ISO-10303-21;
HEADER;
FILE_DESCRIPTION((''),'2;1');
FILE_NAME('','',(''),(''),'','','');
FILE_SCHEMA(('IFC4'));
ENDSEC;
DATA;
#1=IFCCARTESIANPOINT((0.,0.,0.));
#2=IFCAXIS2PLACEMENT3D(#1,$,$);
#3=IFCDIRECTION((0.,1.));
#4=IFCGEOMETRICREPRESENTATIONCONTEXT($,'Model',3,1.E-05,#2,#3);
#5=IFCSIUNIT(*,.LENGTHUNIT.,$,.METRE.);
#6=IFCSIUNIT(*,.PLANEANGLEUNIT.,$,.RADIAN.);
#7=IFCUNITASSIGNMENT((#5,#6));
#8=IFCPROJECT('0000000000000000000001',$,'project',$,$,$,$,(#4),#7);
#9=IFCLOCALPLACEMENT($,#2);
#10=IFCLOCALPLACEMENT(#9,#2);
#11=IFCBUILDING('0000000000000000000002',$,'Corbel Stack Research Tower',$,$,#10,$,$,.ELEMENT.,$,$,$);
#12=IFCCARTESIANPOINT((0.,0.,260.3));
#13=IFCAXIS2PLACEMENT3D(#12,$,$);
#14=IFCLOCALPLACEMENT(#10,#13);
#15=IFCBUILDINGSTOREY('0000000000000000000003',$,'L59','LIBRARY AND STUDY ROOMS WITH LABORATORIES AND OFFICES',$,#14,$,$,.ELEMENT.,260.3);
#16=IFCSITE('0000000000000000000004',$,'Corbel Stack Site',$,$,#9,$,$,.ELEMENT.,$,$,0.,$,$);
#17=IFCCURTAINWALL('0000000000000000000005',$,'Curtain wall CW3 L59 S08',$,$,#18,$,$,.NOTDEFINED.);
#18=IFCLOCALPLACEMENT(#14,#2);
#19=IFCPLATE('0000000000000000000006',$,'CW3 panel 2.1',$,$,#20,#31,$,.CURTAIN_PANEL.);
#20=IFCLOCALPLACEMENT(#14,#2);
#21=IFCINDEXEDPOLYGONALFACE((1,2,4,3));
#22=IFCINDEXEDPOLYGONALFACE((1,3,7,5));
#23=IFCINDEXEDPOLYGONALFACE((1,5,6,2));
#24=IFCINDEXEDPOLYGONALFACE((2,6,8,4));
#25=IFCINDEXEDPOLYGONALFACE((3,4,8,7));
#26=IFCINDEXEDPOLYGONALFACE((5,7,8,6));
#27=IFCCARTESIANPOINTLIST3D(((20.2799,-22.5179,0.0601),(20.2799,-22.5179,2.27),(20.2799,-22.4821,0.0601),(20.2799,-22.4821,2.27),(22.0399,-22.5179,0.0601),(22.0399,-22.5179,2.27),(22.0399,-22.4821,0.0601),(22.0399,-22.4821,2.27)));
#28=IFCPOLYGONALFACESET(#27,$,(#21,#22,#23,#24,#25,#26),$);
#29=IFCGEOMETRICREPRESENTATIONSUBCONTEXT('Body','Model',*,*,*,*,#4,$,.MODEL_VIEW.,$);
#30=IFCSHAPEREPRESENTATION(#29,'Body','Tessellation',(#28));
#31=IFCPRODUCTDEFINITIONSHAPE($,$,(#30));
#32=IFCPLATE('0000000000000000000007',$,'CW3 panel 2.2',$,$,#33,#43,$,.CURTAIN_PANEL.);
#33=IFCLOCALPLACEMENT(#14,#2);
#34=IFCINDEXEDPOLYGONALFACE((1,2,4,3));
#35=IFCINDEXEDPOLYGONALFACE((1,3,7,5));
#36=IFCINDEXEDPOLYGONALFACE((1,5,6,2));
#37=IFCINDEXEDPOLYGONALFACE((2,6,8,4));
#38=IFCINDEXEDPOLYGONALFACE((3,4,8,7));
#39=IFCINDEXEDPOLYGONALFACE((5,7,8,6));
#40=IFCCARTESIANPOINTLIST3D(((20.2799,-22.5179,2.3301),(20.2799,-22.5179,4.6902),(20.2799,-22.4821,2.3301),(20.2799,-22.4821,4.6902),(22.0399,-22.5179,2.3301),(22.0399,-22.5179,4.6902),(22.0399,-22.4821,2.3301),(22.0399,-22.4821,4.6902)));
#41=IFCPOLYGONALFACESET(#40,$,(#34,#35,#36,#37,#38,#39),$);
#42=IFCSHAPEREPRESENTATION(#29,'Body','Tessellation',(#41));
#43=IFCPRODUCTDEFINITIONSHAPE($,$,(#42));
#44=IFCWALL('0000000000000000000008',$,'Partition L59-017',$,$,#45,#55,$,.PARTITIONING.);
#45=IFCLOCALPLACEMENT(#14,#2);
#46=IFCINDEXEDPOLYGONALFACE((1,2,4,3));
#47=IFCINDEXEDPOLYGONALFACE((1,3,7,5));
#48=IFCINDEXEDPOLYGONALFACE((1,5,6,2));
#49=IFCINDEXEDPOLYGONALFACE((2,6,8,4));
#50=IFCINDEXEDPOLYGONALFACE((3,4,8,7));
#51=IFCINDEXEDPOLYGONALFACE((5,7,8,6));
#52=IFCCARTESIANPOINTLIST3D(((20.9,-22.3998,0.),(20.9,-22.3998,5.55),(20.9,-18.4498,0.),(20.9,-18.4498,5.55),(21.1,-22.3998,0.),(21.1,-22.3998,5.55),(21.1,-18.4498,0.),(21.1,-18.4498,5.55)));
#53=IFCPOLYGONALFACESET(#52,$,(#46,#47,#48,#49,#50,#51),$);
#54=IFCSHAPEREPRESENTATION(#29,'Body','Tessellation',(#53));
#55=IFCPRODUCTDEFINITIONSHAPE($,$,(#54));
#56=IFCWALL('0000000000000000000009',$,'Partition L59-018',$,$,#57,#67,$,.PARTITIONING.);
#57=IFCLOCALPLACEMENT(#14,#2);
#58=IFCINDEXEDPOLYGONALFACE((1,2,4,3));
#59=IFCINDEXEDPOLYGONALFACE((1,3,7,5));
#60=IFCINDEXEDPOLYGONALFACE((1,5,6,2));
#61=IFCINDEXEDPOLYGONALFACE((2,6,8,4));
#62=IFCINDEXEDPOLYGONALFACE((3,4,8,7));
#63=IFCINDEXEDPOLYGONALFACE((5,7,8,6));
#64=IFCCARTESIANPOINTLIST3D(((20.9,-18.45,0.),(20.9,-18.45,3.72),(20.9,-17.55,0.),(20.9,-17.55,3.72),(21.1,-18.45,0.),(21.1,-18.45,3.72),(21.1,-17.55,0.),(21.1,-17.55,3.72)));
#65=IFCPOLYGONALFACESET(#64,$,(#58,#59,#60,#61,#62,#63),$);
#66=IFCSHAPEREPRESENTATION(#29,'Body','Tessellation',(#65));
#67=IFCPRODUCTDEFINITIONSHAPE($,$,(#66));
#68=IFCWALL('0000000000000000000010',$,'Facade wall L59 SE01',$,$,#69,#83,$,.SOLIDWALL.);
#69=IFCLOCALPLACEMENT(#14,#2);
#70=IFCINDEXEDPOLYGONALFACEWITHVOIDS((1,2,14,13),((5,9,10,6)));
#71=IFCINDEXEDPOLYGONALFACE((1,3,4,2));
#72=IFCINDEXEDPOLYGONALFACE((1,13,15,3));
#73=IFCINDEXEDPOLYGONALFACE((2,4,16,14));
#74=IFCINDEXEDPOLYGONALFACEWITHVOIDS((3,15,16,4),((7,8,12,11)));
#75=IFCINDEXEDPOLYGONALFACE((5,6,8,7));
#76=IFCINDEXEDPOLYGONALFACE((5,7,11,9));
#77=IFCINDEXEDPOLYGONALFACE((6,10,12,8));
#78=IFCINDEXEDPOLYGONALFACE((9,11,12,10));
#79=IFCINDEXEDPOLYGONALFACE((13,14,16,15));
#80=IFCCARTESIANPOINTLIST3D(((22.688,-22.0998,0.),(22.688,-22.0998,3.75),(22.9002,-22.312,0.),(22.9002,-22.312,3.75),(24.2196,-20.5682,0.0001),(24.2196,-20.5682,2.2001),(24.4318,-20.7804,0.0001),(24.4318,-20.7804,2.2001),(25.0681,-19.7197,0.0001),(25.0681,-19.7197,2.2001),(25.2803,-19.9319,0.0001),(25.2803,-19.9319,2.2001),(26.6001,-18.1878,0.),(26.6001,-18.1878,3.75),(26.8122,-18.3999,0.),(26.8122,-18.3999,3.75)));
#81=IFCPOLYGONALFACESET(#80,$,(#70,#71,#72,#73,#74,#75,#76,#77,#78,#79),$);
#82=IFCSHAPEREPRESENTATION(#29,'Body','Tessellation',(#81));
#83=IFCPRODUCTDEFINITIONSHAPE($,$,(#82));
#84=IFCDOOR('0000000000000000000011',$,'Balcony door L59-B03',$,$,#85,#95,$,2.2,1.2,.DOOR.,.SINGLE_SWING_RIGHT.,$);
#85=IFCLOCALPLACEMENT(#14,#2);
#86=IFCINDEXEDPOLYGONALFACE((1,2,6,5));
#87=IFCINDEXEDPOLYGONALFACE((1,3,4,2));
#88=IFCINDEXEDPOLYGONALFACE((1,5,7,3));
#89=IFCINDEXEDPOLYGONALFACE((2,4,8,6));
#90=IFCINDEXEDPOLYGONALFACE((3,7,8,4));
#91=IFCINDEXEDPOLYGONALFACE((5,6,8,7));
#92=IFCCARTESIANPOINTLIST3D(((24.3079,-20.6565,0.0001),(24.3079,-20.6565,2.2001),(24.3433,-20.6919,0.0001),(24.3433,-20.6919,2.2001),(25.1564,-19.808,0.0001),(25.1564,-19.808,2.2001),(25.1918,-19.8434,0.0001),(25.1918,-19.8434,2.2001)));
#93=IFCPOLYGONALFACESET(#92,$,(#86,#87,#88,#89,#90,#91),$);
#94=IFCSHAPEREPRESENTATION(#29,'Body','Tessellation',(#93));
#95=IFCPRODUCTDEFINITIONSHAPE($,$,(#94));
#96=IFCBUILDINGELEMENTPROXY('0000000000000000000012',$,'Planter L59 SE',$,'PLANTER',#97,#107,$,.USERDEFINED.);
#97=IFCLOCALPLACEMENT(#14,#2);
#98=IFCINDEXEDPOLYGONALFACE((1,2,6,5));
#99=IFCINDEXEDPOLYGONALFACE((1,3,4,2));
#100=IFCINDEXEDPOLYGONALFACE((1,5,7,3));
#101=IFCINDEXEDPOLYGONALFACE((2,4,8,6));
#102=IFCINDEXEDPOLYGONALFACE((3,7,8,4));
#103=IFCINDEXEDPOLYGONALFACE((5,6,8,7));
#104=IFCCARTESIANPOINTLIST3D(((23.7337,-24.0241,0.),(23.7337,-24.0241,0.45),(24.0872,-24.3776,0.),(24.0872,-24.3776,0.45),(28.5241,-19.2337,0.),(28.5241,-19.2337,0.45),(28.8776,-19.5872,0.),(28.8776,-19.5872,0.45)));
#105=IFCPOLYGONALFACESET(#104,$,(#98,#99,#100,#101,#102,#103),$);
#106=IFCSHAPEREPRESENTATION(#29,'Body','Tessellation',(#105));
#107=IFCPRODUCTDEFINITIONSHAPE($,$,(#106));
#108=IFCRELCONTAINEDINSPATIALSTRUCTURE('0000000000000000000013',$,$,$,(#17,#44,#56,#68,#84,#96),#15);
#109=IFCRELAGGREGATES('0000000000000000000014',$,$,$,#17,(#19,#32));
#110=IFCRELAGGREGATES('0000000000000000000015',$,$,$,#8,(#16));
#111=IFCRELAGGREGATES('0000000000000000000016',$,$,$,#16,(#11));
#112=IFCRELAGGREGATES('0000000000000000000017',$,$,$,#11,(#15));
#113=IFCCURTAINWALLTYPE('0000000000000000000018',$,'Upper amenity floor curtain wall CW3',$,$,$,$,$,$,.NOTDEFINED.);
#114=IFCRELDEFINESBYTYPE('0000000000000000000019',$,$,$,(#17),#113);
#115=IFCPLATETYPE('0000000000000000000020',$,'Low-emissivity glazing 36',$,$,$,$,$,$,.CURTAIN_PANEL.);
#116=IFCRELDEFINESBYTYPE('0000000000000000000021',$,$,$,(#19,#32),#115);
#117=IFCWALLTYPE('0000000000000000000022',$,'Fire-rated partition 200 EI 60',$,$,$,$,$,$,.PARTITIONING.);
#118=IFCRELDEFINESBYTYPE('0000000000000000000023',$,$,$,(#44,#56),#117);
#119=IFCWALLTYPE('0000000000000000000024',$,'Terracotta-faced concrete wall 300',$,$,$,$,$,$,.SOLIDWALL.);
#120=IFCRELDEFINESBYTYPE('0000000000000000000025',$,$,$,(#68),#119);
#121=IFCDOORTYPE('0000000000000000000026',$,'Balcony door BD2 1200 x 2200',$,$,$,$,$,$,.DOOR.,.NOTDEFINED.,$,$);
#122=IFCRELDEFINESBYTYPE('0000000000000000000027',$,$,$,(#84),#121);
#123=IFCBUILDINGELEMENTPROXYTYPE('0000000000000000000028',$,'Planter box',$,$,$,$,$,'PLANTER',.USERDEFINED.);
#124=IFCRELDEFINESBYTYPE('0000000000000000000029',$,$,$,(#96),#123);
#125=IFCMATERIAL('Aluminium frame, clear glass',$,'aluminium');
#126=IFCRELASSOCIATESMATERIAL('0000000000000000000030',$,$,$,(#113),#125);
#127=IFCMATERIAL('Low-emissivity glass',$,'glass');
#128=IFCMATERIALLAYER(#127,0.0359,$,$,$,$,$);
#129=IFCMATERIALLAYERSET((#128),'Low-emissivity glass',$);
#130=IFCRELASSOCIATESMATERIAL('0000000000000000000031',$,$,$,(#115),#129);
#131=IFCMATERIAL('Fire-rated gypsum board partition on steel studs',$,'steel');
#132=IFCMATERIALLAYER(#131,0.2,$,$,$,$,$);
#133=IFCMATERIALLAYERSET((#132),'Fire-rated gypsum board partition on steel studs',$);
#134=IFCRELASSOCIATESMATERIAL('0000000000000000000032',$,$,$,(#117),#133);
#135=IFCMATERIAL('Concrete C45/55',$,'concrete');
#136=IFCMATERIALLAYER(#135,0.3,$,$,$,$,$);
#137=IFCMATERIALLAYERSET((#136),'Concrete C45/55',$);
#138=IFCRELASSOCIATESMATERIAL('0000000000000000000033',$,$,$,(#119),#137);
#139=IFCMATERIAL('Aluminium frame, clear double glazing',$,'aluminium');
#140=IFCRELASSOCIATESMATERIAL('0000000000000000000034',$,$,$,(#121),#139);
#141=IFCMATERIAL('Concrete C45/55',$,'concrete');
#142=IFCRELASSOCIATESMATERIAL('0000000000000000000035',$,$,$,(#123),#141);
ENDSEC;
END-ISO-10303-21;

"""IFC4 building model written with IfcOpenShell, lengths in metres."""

from ifc_helpers import new_model, si_unit, direction, frame, frame_2d, origin, origin_2d, place, context, subcontext, project, spatial, rectangle, extrude, material, layer, layer_set, type_object, element, fill, aggregate, save


model = new_model("IFC4")

# Units and contexts
model_context = context("Model", 3, precision=1e-05, world=origin(), true_north=direction((0.0, 1.0)))
body_context = subcontext(model_context, "Body", "Model", "MODEL_VIEW")
ifc_project = project(units=[si_unit("LENGTHUNIT", "METRE"), si_unit("PLANEANGLEUNIT", "RADIAN")], contexts=[model_context])

# Site, building, storey
site_placement = place(None, origin())
site = spatial("IfcSite", under=ifc_project, at=site_placement, Name="Corbel Stack Site", CompositionType="ELEMENT", RefElevation=0.0)
building_placement = place(site_placement, origin())
building = spatial("IfcBuilding", under=site, at=building_placement, Name="Corbel Stack Research Tower", CompositionType="ELEMENT")
storey_placement = place(building_placement, frame((0.0, 0.0, 260.3)))
storey = spatial("IfcBuildingStorey", under=building, at=storey_placement, Name="L59", Description="LIBRARY AND STUDY ROOMS WITH LABORATORIES AND OFFICES", CompositionType="ELEMENT", Elevation=260.3)

# Curtain wall
ifc_material_1 = material(Name="Aluminium frame, clear glass", Category="aluminium")
curtain_wall_type = type_object("IfcCurtainWallType", Name="Upper amenity floor curtain wall CW3", PredefinedType="NOTDEFINED", material=ifc_material_1)
curtain_wall_placement = place(storey_placement, origin())
curtain_wall = element("IfcCurtainWall", 1, at=curtain_wall_placement, inside=storey, type_object=curtain_wall_type, Name="Curtain wall CW3 L59 S08", PredefinedType="NOTDEFINED")

# Plates
ifc_material_2 = material(Name="Low-emissivity glass", Category="glass")
ifc_layer_1 = layer(ifc_material_2, 0.0359)
ifc_layer_set_1 = layer_set([ifc_layer_1], Name="Low-emissivity glass")
plate_type = type_object("IfcPlateType", Name="Low-emissivity glazing 36", PredefinedType="CURTAIN_PANEL", material=ifc_layer_set_1)
plate_1_placement = place(storey_placement, frame((21.1599, -22.5, 0.0601), z_axis=(0.0, 0.0, 1.0), x_axis=(1.0, 0.0, 0.0)))
plate_1 = element("IfcPlate", 2, at=plate_1_placement, type_object=plate_type, Name="CW3 panel 2.1", PredefinedType="CURTAIN_PANEL", context=body_context, shape_type="SweptSolid", body=[
    extrude(rectangle(XDim=1.76, YDim=0.0359, at=origin_2d()), origin(), (0.0, 0.0, 1.0), 2.21),
])
plate_2_placement = place(storey_placement, frame((21.1599, -22.5, 2.3301), z_axis=(0.0, 0.0, 1.0), x_axis=(1.0, 0.0, 0.0)))
plate_2 = element("IfcPlate", 3, at=plate_2_placement, type_object=plate_type, Name="CW3 panel 2.2", PredefinedType="CURTAIN_PANEL", context=body_context, shape_type="SweptSolid", body=[
    extrude(rectangle(XDim=1.76, YDim=0.0359, at=origin_2d()), origin(), (0.0, 0.0, 1.0), 2.3601),
])
aggregate(curtain_wall, [plate_1, plate_2])

# Walls
ifc_material_3 = material(Name="Fire-rated gypsum board partition on steel studs", Category="steel")
ifc_layer_2 = layer(ifc_material_3, 0.2)
ifc_layer_set_2 = layer_set([ifc_layer_2], Name="Fire-rated gypsum board partition on steel studs")
wall_type_1 = type_object("IfcWallType", Name="Fire-rated partition 200 EI 60", PredefinedType="PARTITIONING", material=ifc_layer_set_2)
wall_1_placement = place(storey_placement, frame((21.0, -22.3999, 0.0), z_axis=(0.0, 0.0, 1.0), x_axis=(0.0, 1.0, 0.0)))
element("IfcWall", 4, at=wall_1_placement, inside=storey, type_object=wall_type_1, Name="Partition L59-017", PredefinedType="PARTITIONING", context=body_context, shape_type="SweptSolid", body=[
    extrude(rectangle(XDim=3.95, YDim=0.2, at=frame_2d((1.9751, 0.0))), origin(), (0.0, 0.0, 1.0), 5.55),
])
wall_2_placement = place(storey_placement, frame((21.0, -18.45, 0.0), z_axis=(0.0, 0.0, 1.0), x_axis=(0.0, 1.0, 0.0)))
element("IfcWall", 5, at=wall_2_placement, inside=storey, type_object=wall_type_1, Name="Partition L59-018", PredefinedType="PARTITIONING", context=body_context, shape_type="SweptSolid", body=[
    extrude(rectangle(XDim=0.8999, YDim=0.2, at=frame_2d((0.45, 0.0))), origin(), (0.0, 0.0, 1.0), 3.72),
])

# Wall, opening, door
ifc_material_4 = material(Name="Concrete C45/55", Category="concrete")
ifc_layer_3 = layer(ifc_material_4, 0.3)
ifc_layer_set_3 = layer_set([ifc_layer_3], Name="Concrete C45/55")
wall_type_2 = type_object("IfcWallType", Name="Terracotta-faced concrete wall 300", PredefinedType="SOLIDWALL", material=ifc_layer_set_3)
wall_3_placement = place(storey_placement, frame((26.7061, -18.2939, 0.0), z_axis=(0.0, 0.0, 1.0), x_axis=(-0.707107, -0.707107, 0.0)))
wall_3 = element("IfcWall", 6, at=wall_3_placement, inside=storey, type_object=wall_type_2, Name="Facade wall L59 SE01", PredefinedType="SOLIDWALL", context=body_context, shape_type="SweptSolid", body=[
    extrude(rectangle(XDim=5.5325, YDim=0.3, at=frame_2d((2.7661, 0.0))), origin(), (0.0, 0.0, 1.0), 3.75),
])
opening_placement = place(wall_3_placement, frame((2.1663, 0.0, 0.0)))
opening = element("IfcOpeningElement", 7, at=opening_placement, cuts=wall_3, PredefinedType="OPENING", context=body_context, shape_type="SweptSolid", body=[
    extrude(rectangle(XDim=1.2, YDim=2.2, at=frame_2d((0.6001, 1.1001))), frame((0.0, 0.1599, 0.0), z_axis=(0.0, -1.0, 0.0), x_axis=(1.0, 0.0, 0.0)), (0.0, 0.0, 1.0), 0.3201),
])
ifc_material_5 = material(Name="Aluminium frame, clear double glazing", Category="aluminium")
door_type = type_object("IfcDoorType", Name="Balcony door BD2 1200 x 2200", OperationType="NOTDEFINED", PredefinedType="DOOR", material=ifc_material_5)
door_placement = place(opening_placement, origin())
door = element("IfcDoor", 8, at=door_placement, inside=storey, type_object=door_type, Name="Balcony door L59-B03", OperationType="SINGLE_SWING_RIGHT", OverallHeight=2.2, OverallWidth=1.2, PredefinedType="DOOR", context=body_context, shape_type="SweptSolid", body=[
    extrude(rectangle(XDim=1.2, YDim=2.2, at=frame_2d((0.6001, 1.1001))), frame((0.0, 0.0249, 0.0), z_axis=(0.0, -1.0, 0.0), x_axis=(1.0, 0.0, 0.0)), (0.0, 0.0, 1.0), 0.05),
])
fill(opening, door)

# Building element proxy
ifc_material_6 = material(Name="Concrete C45/55", Category="concrete")
building_element_proxy_type = type_object("IfcBuildingElementProxyType", Name="Planter box", ElementType="PLANTER", PredefinedType="USERDEFINED", material=ifc_material_6)
proxy_placement = place(storey_placement, frame((26.3057, -21.8057, 0.0), z_axis=(0.0, 0.0, 1.0), x_axis=(0.707107, 0.707107, 0.0)))
element("IfcBuildingElementProxy", 9, at=proxy_placement, inside=storey, type_object=building_element_proxy_type, Name="Planter L59 SE", ObjectType="PLANTER", PredefinedType="USERDEFINED", context=body_context, shape_type="SweptSolid", body=[
    extrude(rectangle(XDim=6.7747, YDim=0.5, at=origin_2d()), origin(), (0.0, 0.0, 1.0), 0.45),
])

save(model, "model.ifc")
